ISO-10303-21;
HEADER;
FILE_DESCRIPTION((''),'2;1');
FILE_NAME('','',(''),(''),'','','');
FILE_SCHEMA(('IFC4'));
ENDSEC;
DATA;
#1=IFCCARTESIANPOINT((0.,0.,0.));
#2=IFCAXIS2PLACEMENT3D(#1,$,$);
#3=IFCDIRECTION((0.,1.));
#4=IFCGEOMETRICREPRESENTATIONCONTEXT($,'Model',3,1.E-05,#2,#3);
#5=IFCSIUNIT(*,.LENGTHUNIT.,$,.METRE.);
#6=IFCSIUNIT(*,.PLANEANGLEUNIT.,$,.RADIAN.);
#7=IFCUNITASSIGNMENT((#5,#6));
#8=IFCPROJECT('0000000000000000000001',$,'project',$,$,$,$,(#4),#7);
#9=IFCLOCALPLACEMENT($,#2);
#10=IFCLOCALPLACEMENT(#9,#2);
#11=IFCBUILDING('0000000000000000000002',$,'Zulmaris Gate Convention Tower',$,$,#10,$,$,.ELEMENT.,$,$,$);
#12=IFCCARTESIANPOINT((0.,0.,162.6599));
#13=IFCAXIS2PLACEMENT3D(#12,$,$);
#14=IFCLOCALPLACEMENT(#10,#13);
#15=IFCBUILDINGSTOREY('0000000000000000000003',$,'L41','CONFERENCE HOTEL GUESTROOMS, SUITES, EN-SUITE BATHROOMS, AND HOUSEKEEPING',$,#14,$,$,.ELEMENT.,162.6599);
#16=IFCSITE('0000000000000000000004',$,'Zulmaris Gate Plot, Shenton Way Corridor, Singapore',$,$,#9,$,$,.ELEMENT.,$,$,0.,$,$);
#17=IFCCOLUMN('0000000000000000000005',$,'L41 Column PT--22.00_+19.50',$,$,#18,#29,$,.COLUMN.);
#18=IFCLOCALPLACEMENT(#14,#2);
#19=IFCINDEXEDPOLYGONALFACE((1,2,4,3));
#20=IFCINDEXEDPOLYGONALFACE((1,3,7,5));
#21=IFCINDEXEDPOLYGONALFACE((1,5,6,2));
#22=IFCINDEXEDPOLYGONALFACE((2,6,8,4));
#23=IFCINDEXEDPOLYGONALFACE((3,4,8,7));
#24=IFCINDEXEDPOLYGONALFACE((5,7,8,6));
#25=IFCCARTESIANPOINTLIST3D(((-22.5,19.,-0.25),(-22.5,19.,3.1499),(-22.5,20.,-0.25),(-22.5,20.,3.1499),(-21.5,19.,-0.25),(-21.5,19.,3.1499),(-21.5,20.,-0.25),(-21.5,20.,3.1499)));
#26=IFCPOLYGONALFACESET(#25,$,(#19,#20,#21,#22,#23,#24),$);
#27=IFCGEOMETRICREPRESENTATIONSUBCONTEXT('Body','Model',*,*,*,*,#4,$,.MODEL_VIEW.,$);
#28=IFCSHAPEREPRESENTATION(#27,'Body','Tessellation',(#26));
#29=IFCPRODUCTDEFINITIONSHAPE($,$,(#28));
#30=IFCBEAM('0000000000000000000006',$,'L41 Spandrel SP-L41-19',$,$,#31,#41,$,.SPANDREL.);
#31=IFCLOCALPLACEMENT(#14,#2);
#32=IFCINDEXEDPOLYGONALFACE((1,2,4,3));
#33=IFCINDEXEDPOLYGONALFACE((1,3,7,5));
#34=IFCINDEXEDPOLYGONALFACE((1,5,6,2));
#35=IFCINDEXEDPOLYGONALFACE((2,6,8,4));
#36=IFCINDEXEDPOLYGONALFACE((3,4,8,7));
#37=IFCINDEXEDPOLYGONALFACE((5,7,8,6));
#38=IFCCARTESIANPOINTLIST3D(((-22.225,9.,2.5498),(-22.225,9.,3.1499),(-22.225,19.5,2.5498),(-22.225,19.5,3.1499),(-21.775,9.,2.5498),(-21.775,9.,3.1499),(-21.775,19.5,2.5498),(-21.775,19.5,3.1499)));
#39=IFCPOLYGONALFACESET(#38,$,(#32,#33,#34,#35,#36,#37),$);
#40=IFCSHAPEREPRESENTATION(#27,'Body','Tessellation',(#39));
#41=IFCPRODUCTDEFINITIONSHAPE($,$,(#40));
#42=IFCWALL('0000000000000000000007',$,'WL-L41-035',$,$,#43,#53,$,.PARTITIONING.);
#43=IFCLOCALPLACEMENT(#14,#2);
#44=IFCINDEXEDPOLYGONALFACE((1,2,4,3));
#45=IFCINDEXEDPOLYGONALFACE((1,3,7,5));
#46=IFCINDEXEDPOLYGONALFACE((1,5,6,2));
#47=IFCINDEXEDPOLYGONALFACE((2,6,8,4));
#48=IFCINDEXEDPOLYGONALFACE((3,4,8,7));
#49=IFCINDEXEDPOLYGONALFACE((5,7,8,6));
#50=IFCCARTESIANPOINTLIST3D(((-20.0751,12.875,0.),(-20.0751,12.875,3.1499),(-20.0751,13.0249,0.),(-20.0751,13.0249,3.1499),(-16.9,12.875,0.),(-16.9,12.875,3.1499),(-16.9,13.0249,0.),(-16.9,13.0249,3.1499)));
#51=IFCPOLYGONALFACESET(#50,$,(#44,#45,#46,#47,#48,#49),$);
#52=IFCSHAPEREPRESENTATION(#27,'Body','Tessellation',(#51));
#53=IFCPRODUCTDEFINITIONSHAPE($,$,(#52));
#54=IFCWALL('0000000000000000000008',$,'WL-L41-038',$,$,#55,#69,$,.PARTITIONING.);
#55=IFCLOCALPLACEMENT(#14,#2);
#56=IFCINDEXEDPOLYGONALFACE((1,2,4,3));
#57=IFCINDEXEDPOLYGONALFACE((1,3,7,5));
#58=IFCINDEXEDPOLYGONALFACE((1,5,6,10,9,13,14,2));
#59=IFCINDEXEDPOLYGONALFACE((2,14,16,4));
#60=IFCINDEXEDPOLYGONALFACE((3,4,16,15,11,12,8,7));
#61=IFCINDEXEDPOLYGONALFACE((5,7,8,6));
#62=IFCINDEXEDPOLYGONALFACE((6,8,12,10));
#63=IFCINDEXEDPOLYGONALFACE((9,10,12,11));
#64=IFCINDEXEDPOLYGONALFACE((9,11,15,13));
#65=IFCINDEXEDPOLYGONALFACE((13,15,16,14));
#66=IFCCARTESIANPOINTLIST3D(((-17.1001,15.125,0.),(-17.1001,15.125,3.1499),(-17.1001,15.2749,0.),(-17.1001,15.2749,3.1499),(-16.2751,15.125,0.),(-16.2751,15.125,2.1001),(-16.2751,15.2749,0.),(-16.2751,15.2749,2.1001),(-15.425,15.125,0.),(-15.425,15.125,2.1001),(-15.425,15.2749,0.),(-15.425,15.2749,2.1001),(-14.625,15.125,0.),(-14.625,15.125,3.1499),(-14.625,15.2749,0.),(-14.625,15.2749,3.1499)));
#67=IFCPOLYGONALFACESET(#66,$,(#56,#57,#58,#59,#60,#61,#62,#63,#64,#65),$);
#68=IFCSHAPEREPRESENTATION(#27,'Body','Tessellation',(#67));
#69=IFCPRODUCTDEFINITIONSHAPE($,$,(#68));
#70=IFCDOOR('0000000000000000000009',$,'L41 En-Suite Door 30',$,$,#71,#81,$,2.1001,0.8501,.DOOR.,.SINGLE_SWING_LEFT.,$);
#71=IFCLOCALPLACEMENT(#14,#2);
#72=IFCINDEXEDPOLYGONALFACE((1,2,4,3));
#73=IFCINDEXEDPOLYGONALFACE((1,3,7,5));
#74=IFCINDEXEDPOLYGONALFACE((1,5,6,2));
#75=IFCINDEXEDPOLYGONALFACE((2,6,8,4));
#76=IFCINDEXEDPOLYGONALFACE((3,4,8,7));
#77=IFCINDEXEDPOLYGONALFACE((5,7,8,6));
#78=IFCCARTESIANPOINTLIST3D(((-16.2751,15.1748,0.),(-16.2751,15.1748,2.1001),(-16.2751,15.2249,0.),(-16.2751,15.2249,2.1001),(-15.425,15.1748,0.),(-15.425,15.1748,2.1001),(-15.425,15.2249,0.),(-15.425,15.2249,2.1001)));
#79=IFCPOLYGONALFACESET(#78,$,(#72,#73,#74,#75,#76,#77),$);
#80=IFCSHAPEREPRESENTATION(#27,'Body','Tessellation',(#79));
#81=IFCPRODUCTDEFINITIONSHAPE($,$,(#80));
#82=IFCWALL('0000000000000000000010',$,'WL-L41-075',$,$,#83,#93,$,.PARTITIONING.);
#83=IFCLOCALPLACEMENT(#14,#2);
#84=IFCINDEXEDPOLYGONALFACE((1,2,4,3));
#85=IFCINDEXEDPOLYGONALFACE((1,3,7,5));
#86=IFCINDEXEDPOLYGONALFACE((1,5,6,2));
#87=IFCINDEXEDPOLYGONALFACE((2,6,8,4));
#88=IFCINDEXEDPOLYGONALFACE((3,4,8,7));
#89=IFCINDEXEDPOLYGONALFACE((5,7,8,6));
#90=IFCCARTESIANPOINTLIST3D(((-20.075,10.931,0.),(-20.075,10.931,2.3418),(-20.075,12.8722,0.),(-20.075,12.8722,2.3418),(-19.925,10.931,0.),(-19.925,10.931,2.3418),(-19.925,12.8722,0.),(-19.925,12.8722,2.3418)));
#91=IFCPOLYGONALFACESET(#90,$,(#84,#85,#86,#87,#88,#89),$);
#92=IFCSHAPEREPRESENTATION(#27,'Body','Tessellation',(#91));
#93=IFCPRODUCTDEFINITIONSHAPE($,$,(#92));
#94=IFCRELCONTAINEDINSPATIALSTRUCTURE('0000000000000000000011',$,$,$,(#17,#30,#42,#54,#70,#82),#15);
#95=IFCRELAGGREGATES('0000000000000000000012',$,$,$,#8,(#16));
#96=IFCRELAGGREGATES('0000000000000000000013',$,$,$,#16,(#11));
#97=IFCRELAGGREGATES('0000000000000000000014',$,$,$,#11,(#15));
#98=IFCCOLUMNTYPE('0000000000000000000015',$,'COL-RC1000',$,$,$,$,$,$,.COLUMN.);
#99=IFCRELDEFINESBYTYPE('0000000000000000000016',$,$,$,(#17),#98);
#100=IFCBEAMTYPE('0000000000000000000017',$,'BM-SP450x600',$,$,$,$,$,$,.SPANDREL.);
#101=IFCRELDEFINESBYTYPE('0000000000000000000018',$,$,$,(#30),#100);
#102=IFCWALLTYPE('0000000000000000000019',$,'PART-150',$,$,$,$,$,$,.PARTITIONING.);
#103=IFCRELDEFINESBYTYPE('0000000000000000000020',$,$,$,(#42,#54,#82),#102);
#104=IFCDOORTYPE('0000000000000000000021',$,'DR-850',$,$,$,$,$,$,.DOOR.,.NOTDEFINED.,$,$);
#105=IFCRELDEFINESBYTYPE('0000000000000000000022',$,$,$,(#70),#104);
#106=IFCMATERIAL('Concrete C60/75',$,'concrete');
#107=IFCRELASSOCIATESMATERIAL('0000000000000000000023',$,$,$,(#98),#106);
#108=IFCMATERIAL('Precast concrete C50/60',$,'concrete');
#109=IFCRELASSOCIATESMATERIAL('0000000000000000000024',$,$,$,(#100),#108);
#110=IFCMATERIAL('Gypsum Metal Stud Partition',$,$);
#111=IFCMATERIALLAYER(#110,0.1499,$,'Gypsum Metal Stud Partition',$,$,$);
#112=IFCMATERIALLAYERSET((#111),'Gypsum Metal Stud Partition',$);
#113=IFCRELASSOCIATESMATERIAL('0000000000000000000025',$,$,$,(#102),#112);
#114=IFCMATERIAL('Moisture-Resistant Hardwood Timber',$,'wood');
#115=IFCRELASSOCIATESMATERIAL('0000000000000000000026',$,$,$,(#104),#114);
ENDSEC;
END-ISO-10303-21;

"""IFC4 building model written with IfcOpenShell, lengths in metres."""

from ifc_helpers import new_model, si_unit, direction, frame, frame_2d, origin, origin_2d, place, context, subcontext, project, spatial, rectangle, extrude, material, layer, layer_set, material_profile, profile_set, type_object, element, fill, save


model = new_model("IFC4")

# Units and contexts
model_context = context("Model", 3, precision=1e-05, world=origin(), true_north=direction((0.0, 1.0)))
body_context = subcontext(model_context, "Body", "Model", "MODEL_VIEW")
ifc_project = project(units=[si_unit("LENGTHUNIT", "METRE"), si_unit("PLANEANGLEUNIT", "RADIAN")], contexts=[model_context])

# Site, building, storey
site_placement = place(None, origin())
site = spatial("IfcSite", under=ifc_project, at=site_placement, Name="Zulmaris Gate Plot, Shenton Way Corridor, Singapore", CompositionType="ELEMENT", RefElevation=0.0)
building_placement = place(site_placement, origin())
building = spatial("IfcBuilding", under=site, at=building_placement, Name="Zulmaris Gate Convention Tower", CompositionType="ELEMENT")
storey_placement = place(building_placement, frame((0.0, 0.0, 162.6599)))
storey = spatial("IfcBuildingStorey", under=building, at=storey_placement, Name="L41", Description="CONFERENCE HOTEL GUESTROOMS, SUITES, EN-SUITE BATHROOMS, AND HOUSEKEEPING", CompositionType="ELEMENT", Elevation=162.6599)

# Column
ifc_material_1 = material(Name="Concrete C60/75", Category="concrete")
ifc_material_profile_1 = material_profile(ifc_material_1, rectangle(XDim=1.0, YDim=1.0, at=origin_2d()), Name="RC COL 1000x1000")
ifc_profile_set_1 = profile_set([ifc_material_profile_1], Name="Concrete C60/75")
column_type = type_object("IfcColumnType", Name="COL-RC1000", PredefinedType="COLUMN", material=ifc_profile_set_1)
column_placement = place(storey_placement, frame((-22.0, 19.5, -0.25), z_axis=(0.0, 0.0, 1.0), x_axis=(1.0, 0.0, 0.0)))
element("IfcColumn", 1, at=column_placement, inside=storey, type_object=column_type, Name="L41 Column PT--22.00_+19.50", PredefinedType="COLUMN", context=body_context, shape_type="SweptSolid", body=[
    extrude(rectangle(XDim=1.0, YDim=1.0, at=origin_2d()), origin(), (0.0, 0.0, 1.0), 3.3999),
])

# Beam
ifc_material_2 = material(Name="Precast concrete C50/60", Category="concrete")
ifc_material_profile_2 = material_profile(ifc_material_2, rectangle(XDim=0.45, YDim=0.6001, at=origin_2d()), Name="RC SPANDREL 450x600")
ifc_profile_set_2 = profile_set([ifc_material_profile_2], Name="Precast concrete C50/60")
beam_type = type_object("IfcBeamType", Name="BM-SP450x600", PredefinedType="SPANDREL", material=ifc_profile_set_2)
beam_placement = place(storey_placement, frame((-22.0, 19.5, 2.8499), z_axis=(0.0, -1.0, 0.0), x_axis=(1.0, 0.0, 0.0)))
element("IfcBeam", 2, at=beam_placement, inside=storey, type_object=beam_type, Name="L41 Spandrel SP-L41-19", PredefinedType="SPANDREL", context=body_context, shape_type="SweptSolid", body=[
    extrude(rectangle(XDim=0.45, YDim=0.6001, at=origin_2d()), origin(), (0.0, 0.0, 1.0), 10.5),
])

# Wall
ifc_material_3 = material(Name="Gypsum Metal Stud Partition")
ifc_layer_1 = layer(ifc_material_3, 0.1499, Name="Gypsum Metal Stud Partition")
ifc_layer_set_1 = layer_set([ifc_layer_1], Name="Gypsum Metal Stud Partition")
wall_type_1 = type_object("IfcWallType", Name="PART-150", PredefinedType="PARTITIONING", material=ifc_layer_set_1)
wall_1_placement = place(storey_placement, frame((-20.075, 12.95, 0.0), z_axis=(0.0, 0.0, 1.0), x_axis=(1.0, 0.0, 0.0)))
element("IfcWall", 3, at=wall_1_placement, inside=storey, type_object=wall_type_1, Name="WL-L41-035", PredefinedType="PARTITIONING", context=body_context, shape_type="SweptSolid", body=[
    extrude(rectangle(XDim=3.175, YDim=0.1499, at=frame_2d((1.5874, 0.0))), origin(), (0.0, 0.0, 1.0), 3.1499),
])

# Wall, opening, door
wall_2_placement = place(storey_placement, frame((-17.1001, 15.2, 0.0), z_axis=(0.0, 0.0, 1.0), x_axis=(1.0, 0.0, 0.0)))
wall_2 = element("IfcWall", 4, at=wall_2_placement, inside=storey, type_object=wall_type_1, Name="WL-L41-038", PredefinedType="PARTITIONING", context=body_context, shape_type="SweptSolid", body=[
    extrude(rectangle(XDim=2.4751, YDim=0.1499, at=frame_2d((1.2375, 0.0))), origin(), (0.0, 0.0, 1.0), 3.1499),
])
opening_1_placement = place(wall_2_placement, frame((0.825, 0.0, 0.0)))
opening_1 = element("IfcOpeningElement", 5, at=opening_1_placement, cuts=wall_2, PredefinedType="OPENING", context=body_context, shape_type="SweptSolid", body=[
    extrude(rectangle(XDim=0.8501, YDim=2.1001, at=frame_2d((0.425, 1.05))), frame((0.0, 0.085, 0.0), z_axis=(0.0, -1.0, 0.0), x_axis=(1.0, 0.0, 0.0)), (0.0, 0.0, 1.0), 0.1699),
])
ifc_material_4 = material(Name="Moisture-Resistant Hardwood Timber", Category="wood")
door_type_1 = type_object("IfcDoorType", Name="DR-850", OperationType="NOTDEFINED", PredefinedType="DOOR", material=ifc_material_4)
door_1_placement = place(opening_1_placement, origin())
door_1 = element("IfcDoor", 6, at=door_1_placement, inside=storey, type_object=door_type_1, Name="L41 En-Suite Door 30", OperationType="SINGLE_SWING_LEFT", OverallHeight=2.1001, OverallWidth=0.8501, PredefinedType="DOOR", context=body_context, shape_type="SweptSolid", body=[
    extrude(rectangle(XDim=0.8501, YDim=2.1001, at=frame_2d((0.425, 1.05))), frame((0.0, 0.0249, 0.0), z_axis=(0.0, -1.0, 0.0), x_axis=(1.0, 0.0, 0.0)), (0.0, 0.0, 1.0), 0.05),
])
fill(opening_1, door_1)

# Wall
wall_3_placement = place(storey_placement, frame((-20.0, 10.9309, 0.0), z_axis=(0.0, 0.0, 1.0), x_axis=(0.0, 1.0, 0.0)))
element("IfcWall", 7, at=wall_3_placement, inside=storey, type_object=wall_type_1, Name="WL-L41-075", PredefinedType="PARTITIONING", context=body_context, shape_type="SweptSolid", body=[
    extrude(rectangle(XDim=1.9412, YDim=0.1499, at=frame_2d((0.9707, 0.0))), origin(), (0.0, 0.0, 1.0), 2.3418),
])

save(model, "model.ifc")
